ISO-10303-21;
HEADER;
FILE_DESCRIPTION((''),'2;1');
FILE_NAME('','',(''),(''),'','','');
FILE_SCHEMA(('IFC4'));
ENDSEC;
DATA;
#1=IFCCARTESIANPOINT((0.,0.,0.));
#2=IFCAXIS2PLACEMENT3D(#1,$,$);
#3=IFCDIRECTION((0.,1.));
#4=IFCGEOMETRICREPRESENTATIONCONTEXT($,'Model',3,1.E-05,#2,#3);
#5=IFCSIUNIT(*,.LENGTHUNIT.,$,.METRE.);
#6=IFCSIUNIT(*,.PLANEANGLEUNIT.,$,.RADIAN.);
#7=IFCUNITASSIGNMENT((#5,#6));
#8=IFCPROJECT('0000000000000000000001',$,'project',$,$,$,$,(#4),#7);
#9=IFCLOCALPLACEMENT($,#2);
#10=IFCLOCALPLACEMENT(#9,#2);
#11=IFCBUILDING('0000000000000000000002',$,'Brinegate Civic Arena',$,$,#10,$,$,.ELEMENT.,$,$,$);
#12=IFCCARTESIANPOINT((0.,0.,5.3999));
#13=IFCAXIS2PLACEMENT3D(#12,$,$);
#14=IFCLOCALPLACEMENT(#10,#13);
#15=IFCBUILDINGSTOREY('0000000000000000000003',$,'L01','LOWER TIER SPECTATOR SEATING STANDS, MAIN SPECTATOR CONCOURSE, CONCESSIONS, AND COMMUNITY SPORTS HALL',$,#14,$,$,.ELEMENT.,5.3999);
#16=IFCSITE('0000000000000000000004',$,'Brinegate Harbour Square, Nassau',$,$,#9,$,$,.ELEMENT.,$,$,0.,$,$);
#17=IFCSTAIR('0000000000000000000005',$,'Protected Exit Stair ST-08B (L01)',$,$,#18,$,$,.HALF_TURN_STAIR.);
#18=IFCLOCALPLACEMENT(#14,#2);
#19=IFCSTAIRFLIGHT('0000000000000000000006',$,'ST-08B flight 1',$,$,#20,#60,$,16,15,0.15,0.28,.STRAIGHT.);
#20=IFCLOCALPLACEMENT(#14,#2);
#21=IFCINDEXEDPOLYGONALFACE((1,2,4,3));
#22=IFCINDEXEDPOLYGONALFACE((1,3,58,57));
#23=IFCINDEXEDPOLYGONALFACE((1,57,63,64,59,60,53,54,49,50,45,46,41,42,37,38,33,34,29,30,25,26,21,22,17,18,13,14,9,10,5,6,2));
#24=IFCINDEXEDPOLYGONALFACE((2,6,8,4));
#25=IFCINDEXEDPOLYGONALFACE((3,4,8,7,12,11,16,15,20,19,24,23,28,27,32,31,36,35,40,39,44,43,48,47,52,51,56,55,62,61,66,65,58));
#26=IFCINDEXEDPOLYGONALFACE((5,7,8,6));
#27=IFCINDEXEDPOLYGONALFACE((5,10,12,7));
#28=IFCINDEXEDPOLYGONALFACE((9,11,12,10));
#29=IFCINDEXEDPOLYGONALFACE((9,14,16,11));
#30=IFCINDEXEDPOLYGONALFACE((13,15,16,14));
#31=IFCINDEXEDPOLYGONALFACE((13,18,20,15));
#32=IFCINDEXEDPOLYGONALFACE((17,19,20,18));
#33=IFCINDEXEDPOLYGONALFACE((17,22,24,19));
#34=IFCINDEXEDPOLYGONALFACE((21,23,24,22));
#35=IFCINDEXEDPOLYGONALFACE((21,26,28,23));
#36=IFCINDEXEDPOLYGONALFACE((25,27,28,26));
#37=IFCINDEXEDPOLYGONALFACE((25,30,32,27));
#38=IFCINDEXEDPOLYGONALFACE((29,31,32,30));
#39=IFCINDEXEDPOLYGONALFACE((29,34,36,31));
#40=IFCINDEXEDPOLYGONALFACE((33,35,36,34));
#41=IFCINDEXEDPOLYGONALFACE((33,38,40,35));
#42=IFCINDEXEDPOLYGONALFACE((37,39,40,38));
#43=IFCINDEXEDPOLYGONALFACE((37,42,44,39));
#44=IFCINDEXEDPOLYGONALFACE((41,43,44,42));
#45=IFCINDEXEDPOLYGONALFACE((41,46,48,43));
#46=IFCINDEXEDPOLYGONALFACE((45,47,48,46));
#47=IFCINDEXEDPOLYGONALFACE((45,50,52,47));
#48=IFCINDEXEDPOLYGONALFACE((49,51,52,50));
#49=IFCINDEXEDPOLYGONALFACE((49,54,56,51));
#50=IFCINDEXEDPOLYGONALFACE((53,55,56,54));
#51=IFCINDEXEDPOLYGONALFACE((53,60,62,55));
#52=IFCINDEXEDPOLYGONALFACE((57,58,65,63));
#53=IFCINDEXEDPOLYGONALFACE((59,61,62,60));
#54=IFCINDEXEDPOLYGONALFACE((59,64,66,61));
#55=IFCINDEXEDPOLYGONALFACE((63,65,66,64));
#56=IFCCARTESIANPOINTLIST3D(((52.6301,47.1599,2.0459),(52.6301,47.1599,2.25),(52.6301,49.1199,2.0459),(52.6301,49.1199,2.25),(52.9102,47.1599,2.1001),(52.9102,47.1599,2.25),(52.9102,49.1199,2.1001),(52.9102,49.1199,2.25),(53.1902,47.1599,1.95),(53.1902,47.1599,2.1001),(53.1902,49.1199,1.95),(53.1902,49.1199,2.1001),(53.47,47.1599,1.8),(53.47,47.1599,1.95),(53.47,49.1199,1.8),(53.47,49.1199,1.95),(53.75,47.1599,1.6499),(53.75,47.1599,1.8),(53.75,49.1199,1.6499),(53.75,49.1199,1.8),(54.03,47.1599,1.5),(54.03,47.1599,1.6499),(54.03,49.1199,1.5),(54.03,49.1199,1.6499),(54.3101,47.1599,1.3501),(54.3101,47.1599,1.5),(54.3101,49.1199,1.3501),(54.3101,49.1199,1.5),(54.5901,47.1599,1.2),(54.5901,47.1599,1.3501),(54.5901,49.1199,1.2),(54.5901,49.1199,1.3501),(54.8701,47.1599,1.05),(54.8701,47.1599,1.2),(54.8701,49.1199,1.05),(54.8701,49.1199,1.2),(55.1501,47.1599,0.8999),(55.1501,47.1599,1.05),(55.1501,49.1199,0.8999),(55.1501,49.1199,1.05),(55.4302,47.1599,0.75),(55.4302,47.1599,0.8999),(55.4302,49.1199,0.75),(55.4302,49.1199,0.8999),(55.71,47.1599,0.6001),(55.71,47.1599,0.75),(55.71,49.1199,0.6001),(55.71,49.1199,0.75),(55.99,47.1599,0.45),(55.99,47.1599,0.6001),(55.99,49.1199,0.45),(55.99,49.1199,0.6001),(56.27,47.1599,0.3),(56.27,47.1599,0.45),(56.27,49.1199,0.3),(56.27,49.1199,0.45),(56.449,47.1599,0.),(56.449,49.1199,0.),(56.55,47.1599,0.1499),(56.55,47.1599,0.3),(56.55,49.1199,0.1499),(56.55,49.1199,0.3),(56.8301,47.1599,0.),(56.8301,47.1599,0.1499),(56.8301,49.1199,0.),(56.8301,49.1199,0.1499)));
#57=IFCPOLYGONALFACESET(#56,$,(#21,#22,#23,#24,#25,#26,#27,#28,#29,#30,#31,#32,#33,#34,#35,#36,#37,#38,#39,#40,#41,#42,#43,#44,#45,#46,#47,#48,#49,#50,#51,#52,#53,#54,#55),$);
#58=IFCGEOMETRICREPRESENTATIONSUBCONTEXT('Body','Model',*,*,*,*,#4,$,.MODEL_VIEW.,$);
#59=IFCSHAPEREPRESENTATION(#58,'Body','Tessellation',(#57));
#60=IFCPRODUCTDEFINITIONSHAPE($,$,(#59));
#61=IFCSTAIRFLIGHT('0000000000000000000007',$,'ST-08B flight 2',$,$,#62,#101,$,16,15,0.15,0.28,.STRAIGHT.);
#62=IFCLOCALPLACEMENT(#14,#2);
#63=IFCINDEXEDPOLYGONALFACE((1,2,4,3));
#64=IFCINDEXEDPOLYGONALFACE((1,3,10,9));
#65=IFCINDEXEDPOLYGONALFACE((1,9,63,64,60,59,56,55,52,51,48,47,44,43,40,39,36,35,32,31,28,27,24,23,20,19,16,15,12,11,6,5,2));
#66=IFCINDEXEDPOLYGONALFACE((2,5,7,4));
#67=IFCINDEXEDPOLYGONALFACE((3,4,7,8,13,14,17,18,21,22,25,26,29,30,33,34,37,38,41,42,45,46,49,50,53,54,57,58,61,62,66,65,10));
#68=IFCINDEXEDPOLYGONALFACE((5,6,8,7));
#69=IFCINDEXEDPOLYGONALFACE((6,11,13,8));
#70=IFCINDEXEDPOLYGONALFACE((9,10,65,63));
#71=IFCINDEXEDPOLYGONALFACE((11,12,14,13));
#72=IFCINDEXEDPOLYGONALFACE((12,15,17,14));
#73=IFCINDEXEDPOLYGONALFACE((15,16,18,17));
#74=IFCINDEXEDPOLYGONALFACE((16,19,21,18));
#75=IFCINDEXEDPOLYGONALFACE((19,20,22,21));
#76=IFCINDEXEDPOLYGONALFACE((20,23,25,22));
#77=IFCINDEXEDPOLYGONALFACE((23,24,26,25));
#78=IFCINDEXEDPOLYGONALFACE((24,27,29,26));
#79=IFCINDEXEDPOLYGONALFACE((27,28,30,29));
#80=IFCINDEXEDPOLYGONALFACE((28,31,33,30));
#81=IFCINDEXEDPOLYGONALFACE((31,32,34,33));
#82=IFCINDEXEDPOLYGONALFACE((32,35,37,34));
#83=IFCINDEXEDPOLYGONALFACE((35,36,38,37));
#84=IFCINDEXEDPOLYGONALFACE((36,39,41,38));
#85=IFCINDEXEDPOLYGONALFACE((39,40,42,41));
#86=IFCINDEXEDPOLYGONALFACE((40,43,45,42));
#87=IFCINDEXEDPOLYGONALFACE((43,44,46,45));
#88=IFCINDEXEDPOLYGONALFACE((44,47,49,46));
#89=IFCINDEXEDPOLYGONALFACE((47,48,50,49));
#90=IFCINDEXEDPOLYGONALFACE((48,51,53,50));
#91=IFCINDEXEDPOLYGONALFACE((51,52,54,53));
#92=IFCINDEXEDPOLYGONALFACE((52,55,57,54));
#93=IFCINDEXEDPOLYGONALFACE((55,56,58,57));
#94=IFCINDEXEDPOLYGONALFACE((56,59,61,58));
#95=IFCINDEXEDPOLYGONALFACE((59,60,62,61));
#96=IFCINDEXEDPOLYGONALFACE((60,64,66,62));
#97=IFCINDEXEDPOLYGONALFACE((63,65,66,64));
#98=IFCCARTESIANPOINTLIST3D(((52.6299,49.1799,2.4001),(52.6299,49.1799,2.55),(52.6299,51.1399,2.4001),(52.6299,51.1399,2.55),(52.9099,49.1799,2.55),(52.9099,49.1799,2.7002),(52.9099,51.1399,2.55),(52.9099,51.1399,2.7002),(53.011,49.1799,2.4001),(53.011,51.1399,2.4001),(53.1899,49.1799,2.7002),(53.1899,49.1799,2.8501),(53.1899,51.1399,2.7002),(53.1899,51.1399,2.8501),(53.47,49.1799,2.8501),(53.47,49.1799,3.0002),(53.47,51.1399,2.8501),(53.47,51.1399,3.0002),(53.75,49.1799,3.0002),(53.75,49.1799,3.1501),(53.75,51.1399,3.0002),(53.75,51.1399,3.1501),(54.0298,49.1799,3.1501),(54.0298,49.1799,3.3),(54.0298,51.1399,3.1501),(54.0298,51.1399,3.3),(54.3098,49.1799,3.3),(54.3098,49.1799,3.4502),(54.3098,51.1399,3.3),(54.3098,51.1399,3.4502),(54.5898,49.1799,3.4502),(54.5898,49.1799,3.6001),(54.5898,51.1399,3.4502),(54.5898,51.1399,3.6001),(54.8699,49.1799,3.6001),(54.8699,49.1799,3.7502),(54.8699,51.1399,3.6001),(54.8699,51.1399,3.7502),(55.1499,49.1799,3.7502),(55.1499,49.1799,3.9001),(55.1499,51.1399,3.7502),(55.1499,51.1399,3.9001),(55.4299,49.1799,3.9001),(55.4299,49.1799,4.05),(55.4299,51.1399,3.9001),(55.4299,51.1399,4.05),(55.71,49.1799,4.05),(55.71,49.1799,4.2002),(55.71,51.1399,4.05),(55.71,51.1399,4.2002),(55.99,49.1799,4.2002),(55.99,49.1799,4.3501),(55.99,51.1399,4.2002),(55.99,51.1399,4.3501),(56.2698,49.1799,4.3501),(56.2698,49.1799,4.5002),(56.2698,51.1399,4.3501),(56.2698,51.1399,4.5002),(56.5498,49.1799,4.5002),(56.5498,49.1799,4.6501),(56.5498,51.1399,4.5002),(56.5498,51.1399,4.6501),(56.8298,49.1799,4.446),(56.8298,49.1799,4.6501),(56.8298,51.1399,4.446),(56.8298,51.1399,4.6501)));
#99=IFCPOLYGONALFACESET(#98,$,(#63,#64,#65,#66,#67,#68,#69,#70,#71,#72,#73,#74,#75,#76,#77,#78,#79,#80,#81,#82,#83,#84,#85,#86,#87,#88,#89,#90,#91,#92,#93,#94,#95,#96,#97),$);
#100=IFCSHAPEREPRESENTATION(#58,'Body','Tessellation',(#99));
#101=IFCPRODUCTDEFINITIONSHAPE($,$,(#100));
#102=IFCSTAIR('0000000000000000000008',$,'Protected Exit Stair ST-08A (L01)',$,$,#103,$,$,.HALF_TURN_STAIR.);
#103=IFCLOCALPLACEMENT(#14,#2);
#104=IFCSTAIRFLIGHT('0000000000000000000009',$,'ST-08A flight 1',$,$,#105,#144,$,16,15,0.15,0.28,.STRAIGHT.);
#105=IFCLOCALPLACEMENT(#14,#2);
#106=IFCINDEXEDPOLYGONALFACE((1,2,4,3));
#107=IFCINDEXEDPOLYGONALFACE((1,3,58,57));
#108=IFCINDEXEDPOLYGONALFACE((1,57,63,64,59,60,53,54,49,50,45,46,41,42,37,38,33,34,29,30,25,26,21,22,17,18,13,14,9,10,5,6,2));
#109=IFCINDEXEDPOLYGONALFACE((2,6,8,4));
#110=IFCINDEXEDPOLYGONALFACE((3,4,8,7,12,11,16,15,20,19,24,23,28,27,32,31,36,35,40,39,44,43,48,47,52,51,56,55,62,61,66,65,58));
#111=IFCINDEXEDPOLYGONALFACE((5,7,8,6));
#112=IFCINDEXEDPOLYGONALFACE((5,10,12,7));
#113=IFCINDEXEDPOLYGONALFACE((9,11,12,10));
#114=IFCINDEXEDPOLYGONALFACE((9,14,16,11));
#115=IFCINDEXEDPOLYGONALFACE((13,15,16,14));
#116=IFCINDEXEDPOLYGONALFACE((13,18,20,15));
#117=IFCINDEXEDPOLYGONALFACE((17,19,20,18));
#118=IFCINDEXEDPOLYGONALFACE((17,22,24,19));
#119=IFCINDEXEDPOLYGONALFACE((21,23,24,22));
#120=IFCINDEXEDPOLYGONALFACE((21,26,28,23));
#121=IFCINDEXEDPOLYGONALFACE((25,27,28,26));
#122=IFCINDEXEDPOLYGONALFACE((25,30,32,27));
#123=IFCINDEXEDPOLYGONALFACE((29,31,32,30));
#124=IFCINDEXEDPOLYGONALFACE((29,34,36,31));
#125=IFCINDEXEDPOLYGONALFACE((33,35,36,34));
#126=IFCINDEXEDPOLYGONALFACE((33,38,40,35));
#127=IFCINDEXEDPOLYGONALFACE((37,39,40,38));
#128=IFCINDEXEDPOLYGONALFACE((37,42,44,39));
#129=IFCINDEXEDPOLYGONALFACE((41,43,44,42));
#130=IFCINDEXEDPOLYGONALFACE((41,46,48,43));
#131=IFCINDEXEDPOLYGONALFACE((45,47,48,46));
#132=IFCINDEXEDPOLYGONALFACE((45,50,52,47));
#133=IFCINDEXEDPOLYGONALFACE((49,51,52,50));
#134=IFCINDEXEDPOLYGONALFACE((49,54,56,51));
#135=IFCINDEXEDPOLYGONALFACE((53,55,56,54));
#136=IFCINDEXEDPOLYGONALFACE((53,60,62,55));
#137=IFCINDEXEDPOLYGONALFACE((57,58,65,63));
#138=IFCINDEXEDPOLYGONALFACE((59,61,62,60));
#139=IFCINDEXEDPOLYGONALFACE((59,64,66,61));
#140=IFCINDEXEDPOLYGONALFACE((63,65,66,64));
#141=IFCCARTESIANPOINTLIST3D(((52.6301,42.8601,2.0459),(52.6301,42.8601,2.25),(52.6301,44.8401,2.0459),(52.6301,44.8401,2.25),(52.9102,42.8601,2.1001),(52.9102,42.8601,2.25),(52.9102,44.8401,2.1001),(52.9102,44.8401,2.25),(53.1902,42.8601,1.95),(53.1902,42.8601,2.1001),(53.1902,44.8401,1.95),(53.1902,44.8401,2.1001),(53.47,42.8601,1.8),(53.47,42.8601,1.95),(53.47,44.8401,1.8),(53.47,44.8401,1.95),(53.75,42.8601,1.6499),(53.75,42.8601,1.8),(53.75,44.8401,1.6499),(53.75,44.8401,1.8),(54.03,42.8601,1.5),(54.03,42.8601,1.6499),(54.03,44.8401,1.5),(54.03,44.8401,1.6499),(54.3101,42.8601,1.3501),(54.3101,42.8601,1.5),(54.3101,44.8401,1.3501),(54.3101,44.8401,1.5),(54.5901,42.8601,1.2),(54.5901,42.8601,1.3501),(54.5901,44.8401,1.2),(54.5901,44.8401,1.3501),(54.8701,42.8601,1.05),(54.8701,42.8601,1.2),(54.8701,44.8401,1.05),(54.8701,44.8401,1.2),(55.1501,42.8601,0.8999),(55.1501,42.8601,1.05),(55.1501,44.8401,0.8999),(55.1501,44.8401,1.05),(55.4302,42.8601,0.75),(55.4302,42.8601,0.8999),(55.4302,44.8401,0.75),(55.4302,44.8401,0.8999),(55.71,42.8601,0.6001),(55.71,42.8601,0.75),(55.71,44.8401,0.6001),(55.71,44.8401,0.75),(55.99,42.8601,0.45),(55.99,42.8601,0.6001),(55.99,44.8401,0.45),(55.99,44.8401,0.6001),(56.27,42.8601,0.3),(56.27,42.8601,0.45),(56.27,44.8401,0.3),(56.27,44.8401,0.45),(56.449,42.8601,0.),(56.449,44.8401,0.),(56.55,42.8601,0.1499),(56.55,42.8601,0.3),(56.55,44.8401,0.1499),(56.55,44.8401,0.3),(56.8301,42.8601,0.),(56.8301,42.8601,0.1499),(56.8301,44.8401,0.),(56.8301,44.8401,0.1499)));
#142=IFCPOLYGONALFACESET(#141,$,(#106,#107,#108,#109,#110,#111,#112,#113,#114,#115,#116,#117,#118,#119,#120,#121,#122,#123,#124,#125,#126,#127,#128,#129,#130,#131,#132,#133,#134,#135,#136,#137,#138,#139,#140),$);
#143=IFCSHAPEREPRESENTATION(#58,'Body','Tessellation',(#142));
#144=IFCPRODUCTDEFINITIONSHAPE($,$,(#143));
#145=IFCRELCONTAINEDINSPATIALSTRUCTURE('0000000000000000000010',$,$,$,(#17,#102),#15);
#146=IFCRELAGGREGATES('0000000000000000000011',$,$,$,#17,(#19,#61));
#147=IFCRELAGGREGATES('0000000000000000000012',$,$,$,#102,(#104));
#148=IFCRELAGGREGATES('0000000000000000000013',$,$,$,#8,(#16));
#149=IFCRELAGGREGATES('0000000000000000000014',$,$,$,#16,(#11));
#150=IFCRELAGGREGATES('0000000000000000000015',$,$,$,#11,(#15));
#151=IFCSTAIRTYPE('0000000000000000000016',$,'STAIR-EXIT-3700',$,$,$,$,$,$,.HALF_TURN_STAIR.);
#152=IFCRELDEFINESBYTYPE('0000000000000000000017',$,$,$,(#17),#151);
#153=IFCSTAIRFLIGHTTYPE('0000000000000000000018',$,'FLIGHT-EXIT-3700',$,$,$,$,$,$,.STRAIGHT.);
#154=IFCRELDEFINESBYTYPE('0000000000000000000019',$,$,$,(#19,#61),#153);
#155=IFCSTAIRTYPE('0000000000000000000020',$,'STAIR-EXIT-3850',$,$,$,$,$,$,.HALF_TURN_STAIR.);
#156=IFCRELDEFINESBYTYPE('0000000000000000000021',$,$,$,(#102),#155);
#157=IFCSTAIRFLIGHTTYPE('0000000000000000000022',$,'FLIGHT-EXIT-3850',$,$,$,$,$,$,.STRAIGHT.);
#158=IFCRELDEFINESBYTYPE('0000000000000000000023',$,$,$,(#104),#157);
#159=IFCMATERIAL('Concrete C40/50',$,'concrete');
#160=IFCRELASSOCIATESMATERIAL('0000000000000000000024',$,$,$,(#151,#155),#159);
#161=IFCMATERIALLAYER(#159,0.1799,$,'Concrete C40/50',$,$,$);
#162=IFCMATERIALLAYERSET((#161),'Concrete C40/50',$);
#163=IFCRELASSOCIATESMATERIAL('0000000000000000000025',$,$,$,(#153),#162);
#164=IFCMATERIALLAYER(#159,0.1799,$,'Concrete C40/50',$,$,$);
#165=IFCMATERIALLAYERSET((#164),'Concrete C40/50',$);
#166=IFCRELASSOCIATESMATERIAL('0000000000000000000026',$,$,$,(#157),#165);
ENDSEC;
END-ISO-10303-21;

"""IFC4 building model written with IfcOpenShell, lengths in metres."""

from ifc_helpers import new_model, si_unit, direction, frame, origin, place, context, subcontext, project, spatial, polyline, outline, extrude, material, layer, layer_set, type_object, element, aggregate, save


model = new_model("IFC4")

# Units and contexts
model_context = context("Model", 3, precision=1e-05, world=origin(), true_north=direction((0.0, 1.0)))
body_context = subcontext(model_context, "Body", "Model", "MODEL_VIEW")
ifc_project = project(units=[si_unit("LENGTHUNIT", "METRE"), si_unit("PLANEANGLEUNIT", "RADIAN")], contexts=[model_context])

# Site, building, storey
site_placement = place(None, origin())
site = spatial("IfcSite", under=ifc_project, at=site_placement, Name="Brinegate Harbour Square, Nassau", CompositionType="ELEMENT", RefElevation=0.0)
building_placement = place(site_placement, origin())
building = spatial("IfcBuilding", under=site, at=building_placement, Name="Brinegate Civic Arena", CompositionType="ELEMENT")
storey_placement = place(building_placement, frame((0.0, 0.0, 5.3999)))
storey = spatial("IfcBuildingStorey", under=building, at=storey_placement, Name="L01", Description="LOWER TIER SPECTATOR SEATING STANDS, MAIN SPECTATOR CONCOURSE, CONCESSIONS, AND COMMUNITY SPORTS HALL", CompositionType="ELEMENT", Elevation=5.3999)

# Stair, stair flights
ifc_material_1 = material(Name="Concrete C40/50", Category="concrete")
stair_type_1 = type_object("IfcStairType", Name="STAIR-EXIT-3700", PredefinedType="HALF_TURN_STAIR", material=ifc_material_1)
stair_1_placement = place(storey_placement, origin())
stair_1 = element("IfcStair", 1, at=stair_1_placement, inside=storey, type_object=stair_type_1, Name="Protected Exit Stair ST-08B (L01)", PredefinedType="HALF_TURN_STAIR")
ifc_layer_1 = layer(ifc_material_1, 0.1799, Name="Concrete C40/50")
ifc_layer_set_1 = layer_set([ifc_layer_1], Name="Concrete C40/50")
stair_flight_type_1 = type_object("IfcStairFlightType", Name="FLIGHT-EXIT-3700", PredefinedType="STRAIGHT", material=ifc_layer_set_1)
stair_flight_1_placement = place(storey_placement, frame((56.8301, 48.1399, 0.0), z_axis=(0.0, 0.0, 1.0), x_axis=(-1.0, 0.0, 0.0)))
stair_flight_1 = element("IfcStairFlight", 2, at=stair_flight_1_placement, type_object=stair_flight_type_1, Name="ST-08B flight 1", NumberOfRisers=16, NumberOfTreads=15, PredefinedType="STRAIGHT", RiserHeight=0.15, TreadLength=0.28, context=body_context, shape_type="SweptSolid", body=[
    extrude(outline(polyline([(0.0, 0.0), (0.0, 0.1499), (0.28, 0.1499), (0.28, 0.3), (0.5601, 0.3), (0.5601, 0.45), (0.8401, 0.45), (0.8401, 0.6001), (1.1201, 0.6001), (1.1201, 0.75), (1.3999, 0.75), (1.3999, 0.8999), (1.6799, 0.8999), (1.6799, 1.05), (1.96, 1.05), (1.96, 1.2), (2.24, 1.2), (2.24, 1.3501), (2.52, 1.3501), (2.52, 1.5), (2.8, 1.5), (2.8, 1.6499), (3.0801, 1.6499), (3.0801, 1.8), (3.3601, 1.8), (3.3601, 1.95), (3.6399, 1.95), (3.6399, 2.1001), (3.9199, 2.1001), (3.9199, 2.25), (4.2, 2.25), (4.2, 2.3999), (4.2, 2.0459), (0.3811, 0.0), (0.0, 0.0)])), frame((0.0, 0.98, 0.0), z_axis=(0.0, -1.0, 0.0), x_axis=(1.0, 0.0, 0.0)), (0.0, 0.0, 1.0), 1.96),
])
stair_flight_2_placement = place(storey_placement, frame((52.6299, 50.1599, 2.4001), z_axis=(0.0, 0.0, 1.0), x_axis=(1.0, 0.0, 0.0)))
stair_flight_2 = element("IfcStairFlight", 3, at=stair_flight_2_placement, type_object=stair_flight_type_1, Name="ST-08B flight 2", NumberOfRisers=16, NumberOfTreads=15, PredefinedType="STRAIGHT", RiserHeight=0.15, TreadLength=0.28, context=body_context, shape_type="SweptSolid", body=[
    extrude(outline(polyline([(0.0, 0.0), (0.0, 0.1499), (0.28, 0.1499), (0.28, 0.3), (0.5601, 0.3), (0.5601, 0.45), (0.8401, 0.45), (0.8401, 0.6001), (1.1201, 0.6001), (1.1201, 0.75), (1.3999, 0.75), (1.3999, 0.8999), (1.6799, 0.8999), (1.6799, 1.05), (1.96, 1.05), (1.96, 1.2), (2.24, 1.2), (2.24, 1.3501), (2.52, 1.3501), (2.52, 1.5), (2.8, 1.5), (2.8, 1.6499), (3.0801, 1.6499), (3.0801, 1.8), (3.3601, 1.8), (3.3601, 1.95), (3.6399, 1.95), (3.6399, 2.1001), (3.9199, 2.1001), (3.9199, 2.25), (4.2, 2.25), (4.2, 2.3999), (4.2, 2.0459), (0.3811, 0.0), (0.0, 0.0)])), frame((0.0, 0.98, 0.0), z_axis=(0.0, -1.0, 0.0), x_axis=(1.0, 0.0, 0.0)), (0.0, 0.0, 1.0), 1.96),
])
aggregate(stair_1, [stair_flight_1, stair_flight_2])

# Stair, stair flight
stair_type_2 = type_object("IfcStairType", Name="STAIR-EXIT-3850", PredefinedType="HALF_TURN_STAIR", material=ifc_material_1)
stair_2_placement = place(storey_placement, origin())
stair_2 = element("IfcStair", 4, at=stair_2_placement, inside=storey, type_object=stair_type_2, Name="Protected Exit Stair ST-08A (L01)", PredefinedType="HALF_TURN_STAIR")
ifc_layer_2 = layer(ifc_material_1, 0.1799, Name="Concrete C40/50")
ifc_layer_set_2 = layer_set([ifc_layer_2], Name="Concrete C40/50")
stair_flight_type_2 = type_object("IfcStairFlightType", Name="FLIGHT-EXIT-3850", PredefinedType="STRAIGHT", material=ifc_layer_set_2)
stair_flight_3_placement = place(storey_placement, frame((56.8301, 43.8501, 0.0), z_axis=(0.0, 0.0, 1.0), x_axis=(-1.0, 0.0, 0.0)))
stair_flight_3 = element("IfcStairFlight", 5, at=stair_flight_3_placement, type_object=stair_flight_type_2, Name="ST-08A flight 1", NumberOfRisers=16, NumberOfTreads=15, PredefinedType="STRAIGHT", RiserHeight=0.15, TreadLength=0.28, context=body_context, shape_type="SweptSolid", body=[
    extrude(outline(polyline([(0.0, 0.0), (0.0, 0.1499), (0.28, 0.1499), (0.28, 0.3), (0.5601, 0.3), (0.5601, 0.45), (0.8401, 0.45), (0.8401, 0.6001), (1.1201, 0.6001), (1.1201, 0.75), (1.3999, 0.75), (1.3999, 0.8999), (1.6799, 0.8999), (1.6799, 1.05), (1.96, 1.05), (1.96, 1.2), (2.24, 1.2), (2.24, 1.3501), (2.52, 1.3501), (2.52, 1.5), (2.8, 1.5), (2.8, 1.6499), (3.0801, 1.6499), (3.0801, 1.8), (3.3601, 1.8), (3.3601, 1.95), (3.6399, 1.95), (3.6399, 2.1001), (3.9199, 2.1001), (3.9199, 2.25), (4.2, 2.25), (4.2, 2.3999), (4.2, 2.0459), (0.3811, 0.0), (0.0, 0.0)])), frame((0.0, 0.99, 0.0), z_axis=(0.0, -1.0, 0.0), x_axis=(1.0, 0.0, 0.0)), (0.0, 0.0, 1.0), 1.98),
])
aggregate(stair_2, [stair_flight_3])

save(model, "model.ifc")
